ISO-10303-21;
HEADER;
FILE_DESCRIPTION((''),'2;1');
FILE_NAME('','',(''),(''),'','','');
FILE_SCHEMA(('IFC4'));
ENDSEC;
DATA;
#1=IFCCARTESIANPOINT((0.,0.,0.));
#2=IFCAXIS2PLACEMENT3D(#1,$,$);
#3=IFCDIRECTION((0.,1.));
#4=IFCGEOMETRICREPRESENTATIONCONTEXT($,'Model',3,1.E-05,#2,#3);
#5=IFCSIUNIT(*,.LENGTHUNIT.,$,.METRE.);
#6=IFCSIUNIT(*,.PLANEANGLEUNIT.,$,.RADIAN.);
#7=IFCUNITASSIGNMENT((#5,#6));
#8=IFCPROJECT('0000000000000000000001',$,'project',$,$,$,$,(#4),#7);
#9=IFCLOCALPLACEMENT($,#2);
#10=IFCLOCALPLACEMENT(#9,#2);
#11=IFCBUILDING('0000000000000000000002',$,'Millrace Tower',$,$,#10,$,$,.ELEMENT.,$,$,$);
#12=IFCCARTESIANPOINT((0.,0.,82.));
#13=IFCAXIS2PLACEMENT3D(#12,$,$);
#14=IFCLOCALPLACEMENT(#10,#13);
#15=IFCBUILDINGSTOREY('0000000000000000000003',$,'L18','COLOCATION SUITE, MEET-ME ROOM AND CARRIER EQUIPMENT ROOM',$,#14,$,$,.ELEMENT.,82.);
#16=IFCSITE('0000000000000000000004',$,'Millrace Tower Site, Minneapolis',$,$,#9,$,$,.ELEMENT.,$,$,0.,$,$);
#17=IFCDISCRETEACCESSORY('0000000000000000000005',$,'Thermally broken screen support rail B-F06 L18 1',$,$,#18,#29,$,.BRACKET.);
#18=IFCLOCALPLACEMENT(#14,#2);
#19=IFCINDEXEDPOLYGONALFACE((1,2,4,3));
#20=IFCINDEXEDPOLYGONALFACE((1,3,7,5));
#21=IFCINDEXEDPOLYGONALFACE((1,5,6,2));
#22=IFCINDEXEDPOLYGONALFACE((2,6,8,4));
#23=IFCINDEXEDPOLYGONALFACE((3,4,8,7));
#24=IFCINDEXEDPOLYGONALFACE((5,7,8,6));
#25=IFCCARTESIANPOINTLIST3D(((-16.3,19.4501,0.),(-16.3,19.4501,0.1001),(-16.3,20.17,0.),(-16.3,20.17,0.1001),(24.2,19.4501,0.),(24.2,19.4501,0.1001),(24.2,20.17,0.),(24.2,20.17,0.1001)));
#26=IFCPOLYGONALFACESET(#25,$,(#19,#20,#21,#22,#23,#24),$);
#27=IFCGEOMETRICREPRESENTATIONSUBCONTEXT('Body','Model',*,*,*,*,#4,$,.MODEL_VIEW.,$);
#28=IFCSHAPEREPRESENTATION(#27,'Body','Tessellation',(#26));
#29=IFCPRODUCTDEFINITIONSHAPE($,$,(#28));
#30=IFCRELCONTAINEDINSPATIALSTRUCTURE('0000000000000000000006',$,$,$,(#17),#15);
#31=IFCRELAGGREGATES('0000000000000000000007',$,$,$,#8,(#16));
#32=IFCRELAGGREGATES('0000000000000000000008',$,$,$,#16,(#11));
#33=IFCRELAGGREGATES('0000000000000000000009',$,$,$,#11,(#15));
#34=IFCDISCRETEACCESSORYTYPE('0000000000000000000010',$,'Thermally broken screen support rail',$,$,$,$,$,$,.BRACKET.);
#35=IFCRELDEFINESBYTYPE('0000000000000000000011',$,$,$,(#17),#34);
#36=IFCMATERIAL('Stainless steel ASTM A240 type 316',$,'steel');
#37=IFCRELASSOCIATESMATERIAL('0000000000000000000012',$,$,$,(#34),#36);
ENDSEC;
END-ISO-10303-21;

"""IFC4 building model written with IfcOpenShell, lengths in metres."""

from ifc_helpers import new_model, si_unit, direction, frame, origin, origin_2d, place, context, subcontext, project, spatial, rectangle, extrude, material, type_object, element, save


model = new_model("IFC4")

# Units and contexts
model_context = context("Model", 3, precision=1e-05, world=origin(), true_north=direction((0.0, 1.0)))
body_context = subcontext(model_context, "Body", "Model", "MODEL_VIEW")
ifc_project = project(units=[si_unit("LENGTHUNIT", "METRE"), si_unit("PLANEANGLEUNIT", "RADIAN")], contexts=[model_context])

# Site, building, storey
site_placement = place(None, origin())
site = spatial("IfcSite", under=ifc_project, at=site_placement, Name="Millrace Tower Site, Minneapolis", CompositionType="ELEMENT", RefElevation=0.0)
building_placement = place(site_placement, origin())
building = spatial("IfcBuilding", under=site, at=building_placement, Name="Millrace Tower", CompositionType="ELEMENT")
storey_placement = place(building_placement, frame((0.0, 0.0, 82.0)))
storey = spatial("IfcBuildingStorey", under=building, at=storey_placement, Name="L18", Description="COLOCATION SUITE, MEET-ME ROOM AND CARRIER EQUIPMENT ROOM", CompositionType="ELEMENT", Elevation=82.0)

# Discrete accessory
ifc_material_1 = material(Name="Stainless steel ASTM A240 type 316", Category="steel")
discrete_accessory_type = type_object("IfcDiscreteAccessoryType", Name="Thermally broken screen support rail", PredefinedType="BRACKET", material=ifc_material_1)
discrete_accessory_placement = place(storey_placement, frame((3.95, 19.8101, 0.0), z_axis=(0.0, 0.0, 1.0), x_axis=(-1.0, 0.0, 0.0)))
element("IfcDiscreteAccessory", 1, at=discrete_accessory_placement, inside=storey, type_object=discrete_accessory_type, Name="Thermally broken screen support rail B-F06 L18 1", PredefinedType="BRACKET", context=body_context, shape_type="SweptSolid", body=[
    extrude(rectangle(XDim=40.5, YDim=0.72, at=origin_2d()), origin(), (0.0, 0.0, 1.0), 0.1001),
])

save(model, "model.ifc")
